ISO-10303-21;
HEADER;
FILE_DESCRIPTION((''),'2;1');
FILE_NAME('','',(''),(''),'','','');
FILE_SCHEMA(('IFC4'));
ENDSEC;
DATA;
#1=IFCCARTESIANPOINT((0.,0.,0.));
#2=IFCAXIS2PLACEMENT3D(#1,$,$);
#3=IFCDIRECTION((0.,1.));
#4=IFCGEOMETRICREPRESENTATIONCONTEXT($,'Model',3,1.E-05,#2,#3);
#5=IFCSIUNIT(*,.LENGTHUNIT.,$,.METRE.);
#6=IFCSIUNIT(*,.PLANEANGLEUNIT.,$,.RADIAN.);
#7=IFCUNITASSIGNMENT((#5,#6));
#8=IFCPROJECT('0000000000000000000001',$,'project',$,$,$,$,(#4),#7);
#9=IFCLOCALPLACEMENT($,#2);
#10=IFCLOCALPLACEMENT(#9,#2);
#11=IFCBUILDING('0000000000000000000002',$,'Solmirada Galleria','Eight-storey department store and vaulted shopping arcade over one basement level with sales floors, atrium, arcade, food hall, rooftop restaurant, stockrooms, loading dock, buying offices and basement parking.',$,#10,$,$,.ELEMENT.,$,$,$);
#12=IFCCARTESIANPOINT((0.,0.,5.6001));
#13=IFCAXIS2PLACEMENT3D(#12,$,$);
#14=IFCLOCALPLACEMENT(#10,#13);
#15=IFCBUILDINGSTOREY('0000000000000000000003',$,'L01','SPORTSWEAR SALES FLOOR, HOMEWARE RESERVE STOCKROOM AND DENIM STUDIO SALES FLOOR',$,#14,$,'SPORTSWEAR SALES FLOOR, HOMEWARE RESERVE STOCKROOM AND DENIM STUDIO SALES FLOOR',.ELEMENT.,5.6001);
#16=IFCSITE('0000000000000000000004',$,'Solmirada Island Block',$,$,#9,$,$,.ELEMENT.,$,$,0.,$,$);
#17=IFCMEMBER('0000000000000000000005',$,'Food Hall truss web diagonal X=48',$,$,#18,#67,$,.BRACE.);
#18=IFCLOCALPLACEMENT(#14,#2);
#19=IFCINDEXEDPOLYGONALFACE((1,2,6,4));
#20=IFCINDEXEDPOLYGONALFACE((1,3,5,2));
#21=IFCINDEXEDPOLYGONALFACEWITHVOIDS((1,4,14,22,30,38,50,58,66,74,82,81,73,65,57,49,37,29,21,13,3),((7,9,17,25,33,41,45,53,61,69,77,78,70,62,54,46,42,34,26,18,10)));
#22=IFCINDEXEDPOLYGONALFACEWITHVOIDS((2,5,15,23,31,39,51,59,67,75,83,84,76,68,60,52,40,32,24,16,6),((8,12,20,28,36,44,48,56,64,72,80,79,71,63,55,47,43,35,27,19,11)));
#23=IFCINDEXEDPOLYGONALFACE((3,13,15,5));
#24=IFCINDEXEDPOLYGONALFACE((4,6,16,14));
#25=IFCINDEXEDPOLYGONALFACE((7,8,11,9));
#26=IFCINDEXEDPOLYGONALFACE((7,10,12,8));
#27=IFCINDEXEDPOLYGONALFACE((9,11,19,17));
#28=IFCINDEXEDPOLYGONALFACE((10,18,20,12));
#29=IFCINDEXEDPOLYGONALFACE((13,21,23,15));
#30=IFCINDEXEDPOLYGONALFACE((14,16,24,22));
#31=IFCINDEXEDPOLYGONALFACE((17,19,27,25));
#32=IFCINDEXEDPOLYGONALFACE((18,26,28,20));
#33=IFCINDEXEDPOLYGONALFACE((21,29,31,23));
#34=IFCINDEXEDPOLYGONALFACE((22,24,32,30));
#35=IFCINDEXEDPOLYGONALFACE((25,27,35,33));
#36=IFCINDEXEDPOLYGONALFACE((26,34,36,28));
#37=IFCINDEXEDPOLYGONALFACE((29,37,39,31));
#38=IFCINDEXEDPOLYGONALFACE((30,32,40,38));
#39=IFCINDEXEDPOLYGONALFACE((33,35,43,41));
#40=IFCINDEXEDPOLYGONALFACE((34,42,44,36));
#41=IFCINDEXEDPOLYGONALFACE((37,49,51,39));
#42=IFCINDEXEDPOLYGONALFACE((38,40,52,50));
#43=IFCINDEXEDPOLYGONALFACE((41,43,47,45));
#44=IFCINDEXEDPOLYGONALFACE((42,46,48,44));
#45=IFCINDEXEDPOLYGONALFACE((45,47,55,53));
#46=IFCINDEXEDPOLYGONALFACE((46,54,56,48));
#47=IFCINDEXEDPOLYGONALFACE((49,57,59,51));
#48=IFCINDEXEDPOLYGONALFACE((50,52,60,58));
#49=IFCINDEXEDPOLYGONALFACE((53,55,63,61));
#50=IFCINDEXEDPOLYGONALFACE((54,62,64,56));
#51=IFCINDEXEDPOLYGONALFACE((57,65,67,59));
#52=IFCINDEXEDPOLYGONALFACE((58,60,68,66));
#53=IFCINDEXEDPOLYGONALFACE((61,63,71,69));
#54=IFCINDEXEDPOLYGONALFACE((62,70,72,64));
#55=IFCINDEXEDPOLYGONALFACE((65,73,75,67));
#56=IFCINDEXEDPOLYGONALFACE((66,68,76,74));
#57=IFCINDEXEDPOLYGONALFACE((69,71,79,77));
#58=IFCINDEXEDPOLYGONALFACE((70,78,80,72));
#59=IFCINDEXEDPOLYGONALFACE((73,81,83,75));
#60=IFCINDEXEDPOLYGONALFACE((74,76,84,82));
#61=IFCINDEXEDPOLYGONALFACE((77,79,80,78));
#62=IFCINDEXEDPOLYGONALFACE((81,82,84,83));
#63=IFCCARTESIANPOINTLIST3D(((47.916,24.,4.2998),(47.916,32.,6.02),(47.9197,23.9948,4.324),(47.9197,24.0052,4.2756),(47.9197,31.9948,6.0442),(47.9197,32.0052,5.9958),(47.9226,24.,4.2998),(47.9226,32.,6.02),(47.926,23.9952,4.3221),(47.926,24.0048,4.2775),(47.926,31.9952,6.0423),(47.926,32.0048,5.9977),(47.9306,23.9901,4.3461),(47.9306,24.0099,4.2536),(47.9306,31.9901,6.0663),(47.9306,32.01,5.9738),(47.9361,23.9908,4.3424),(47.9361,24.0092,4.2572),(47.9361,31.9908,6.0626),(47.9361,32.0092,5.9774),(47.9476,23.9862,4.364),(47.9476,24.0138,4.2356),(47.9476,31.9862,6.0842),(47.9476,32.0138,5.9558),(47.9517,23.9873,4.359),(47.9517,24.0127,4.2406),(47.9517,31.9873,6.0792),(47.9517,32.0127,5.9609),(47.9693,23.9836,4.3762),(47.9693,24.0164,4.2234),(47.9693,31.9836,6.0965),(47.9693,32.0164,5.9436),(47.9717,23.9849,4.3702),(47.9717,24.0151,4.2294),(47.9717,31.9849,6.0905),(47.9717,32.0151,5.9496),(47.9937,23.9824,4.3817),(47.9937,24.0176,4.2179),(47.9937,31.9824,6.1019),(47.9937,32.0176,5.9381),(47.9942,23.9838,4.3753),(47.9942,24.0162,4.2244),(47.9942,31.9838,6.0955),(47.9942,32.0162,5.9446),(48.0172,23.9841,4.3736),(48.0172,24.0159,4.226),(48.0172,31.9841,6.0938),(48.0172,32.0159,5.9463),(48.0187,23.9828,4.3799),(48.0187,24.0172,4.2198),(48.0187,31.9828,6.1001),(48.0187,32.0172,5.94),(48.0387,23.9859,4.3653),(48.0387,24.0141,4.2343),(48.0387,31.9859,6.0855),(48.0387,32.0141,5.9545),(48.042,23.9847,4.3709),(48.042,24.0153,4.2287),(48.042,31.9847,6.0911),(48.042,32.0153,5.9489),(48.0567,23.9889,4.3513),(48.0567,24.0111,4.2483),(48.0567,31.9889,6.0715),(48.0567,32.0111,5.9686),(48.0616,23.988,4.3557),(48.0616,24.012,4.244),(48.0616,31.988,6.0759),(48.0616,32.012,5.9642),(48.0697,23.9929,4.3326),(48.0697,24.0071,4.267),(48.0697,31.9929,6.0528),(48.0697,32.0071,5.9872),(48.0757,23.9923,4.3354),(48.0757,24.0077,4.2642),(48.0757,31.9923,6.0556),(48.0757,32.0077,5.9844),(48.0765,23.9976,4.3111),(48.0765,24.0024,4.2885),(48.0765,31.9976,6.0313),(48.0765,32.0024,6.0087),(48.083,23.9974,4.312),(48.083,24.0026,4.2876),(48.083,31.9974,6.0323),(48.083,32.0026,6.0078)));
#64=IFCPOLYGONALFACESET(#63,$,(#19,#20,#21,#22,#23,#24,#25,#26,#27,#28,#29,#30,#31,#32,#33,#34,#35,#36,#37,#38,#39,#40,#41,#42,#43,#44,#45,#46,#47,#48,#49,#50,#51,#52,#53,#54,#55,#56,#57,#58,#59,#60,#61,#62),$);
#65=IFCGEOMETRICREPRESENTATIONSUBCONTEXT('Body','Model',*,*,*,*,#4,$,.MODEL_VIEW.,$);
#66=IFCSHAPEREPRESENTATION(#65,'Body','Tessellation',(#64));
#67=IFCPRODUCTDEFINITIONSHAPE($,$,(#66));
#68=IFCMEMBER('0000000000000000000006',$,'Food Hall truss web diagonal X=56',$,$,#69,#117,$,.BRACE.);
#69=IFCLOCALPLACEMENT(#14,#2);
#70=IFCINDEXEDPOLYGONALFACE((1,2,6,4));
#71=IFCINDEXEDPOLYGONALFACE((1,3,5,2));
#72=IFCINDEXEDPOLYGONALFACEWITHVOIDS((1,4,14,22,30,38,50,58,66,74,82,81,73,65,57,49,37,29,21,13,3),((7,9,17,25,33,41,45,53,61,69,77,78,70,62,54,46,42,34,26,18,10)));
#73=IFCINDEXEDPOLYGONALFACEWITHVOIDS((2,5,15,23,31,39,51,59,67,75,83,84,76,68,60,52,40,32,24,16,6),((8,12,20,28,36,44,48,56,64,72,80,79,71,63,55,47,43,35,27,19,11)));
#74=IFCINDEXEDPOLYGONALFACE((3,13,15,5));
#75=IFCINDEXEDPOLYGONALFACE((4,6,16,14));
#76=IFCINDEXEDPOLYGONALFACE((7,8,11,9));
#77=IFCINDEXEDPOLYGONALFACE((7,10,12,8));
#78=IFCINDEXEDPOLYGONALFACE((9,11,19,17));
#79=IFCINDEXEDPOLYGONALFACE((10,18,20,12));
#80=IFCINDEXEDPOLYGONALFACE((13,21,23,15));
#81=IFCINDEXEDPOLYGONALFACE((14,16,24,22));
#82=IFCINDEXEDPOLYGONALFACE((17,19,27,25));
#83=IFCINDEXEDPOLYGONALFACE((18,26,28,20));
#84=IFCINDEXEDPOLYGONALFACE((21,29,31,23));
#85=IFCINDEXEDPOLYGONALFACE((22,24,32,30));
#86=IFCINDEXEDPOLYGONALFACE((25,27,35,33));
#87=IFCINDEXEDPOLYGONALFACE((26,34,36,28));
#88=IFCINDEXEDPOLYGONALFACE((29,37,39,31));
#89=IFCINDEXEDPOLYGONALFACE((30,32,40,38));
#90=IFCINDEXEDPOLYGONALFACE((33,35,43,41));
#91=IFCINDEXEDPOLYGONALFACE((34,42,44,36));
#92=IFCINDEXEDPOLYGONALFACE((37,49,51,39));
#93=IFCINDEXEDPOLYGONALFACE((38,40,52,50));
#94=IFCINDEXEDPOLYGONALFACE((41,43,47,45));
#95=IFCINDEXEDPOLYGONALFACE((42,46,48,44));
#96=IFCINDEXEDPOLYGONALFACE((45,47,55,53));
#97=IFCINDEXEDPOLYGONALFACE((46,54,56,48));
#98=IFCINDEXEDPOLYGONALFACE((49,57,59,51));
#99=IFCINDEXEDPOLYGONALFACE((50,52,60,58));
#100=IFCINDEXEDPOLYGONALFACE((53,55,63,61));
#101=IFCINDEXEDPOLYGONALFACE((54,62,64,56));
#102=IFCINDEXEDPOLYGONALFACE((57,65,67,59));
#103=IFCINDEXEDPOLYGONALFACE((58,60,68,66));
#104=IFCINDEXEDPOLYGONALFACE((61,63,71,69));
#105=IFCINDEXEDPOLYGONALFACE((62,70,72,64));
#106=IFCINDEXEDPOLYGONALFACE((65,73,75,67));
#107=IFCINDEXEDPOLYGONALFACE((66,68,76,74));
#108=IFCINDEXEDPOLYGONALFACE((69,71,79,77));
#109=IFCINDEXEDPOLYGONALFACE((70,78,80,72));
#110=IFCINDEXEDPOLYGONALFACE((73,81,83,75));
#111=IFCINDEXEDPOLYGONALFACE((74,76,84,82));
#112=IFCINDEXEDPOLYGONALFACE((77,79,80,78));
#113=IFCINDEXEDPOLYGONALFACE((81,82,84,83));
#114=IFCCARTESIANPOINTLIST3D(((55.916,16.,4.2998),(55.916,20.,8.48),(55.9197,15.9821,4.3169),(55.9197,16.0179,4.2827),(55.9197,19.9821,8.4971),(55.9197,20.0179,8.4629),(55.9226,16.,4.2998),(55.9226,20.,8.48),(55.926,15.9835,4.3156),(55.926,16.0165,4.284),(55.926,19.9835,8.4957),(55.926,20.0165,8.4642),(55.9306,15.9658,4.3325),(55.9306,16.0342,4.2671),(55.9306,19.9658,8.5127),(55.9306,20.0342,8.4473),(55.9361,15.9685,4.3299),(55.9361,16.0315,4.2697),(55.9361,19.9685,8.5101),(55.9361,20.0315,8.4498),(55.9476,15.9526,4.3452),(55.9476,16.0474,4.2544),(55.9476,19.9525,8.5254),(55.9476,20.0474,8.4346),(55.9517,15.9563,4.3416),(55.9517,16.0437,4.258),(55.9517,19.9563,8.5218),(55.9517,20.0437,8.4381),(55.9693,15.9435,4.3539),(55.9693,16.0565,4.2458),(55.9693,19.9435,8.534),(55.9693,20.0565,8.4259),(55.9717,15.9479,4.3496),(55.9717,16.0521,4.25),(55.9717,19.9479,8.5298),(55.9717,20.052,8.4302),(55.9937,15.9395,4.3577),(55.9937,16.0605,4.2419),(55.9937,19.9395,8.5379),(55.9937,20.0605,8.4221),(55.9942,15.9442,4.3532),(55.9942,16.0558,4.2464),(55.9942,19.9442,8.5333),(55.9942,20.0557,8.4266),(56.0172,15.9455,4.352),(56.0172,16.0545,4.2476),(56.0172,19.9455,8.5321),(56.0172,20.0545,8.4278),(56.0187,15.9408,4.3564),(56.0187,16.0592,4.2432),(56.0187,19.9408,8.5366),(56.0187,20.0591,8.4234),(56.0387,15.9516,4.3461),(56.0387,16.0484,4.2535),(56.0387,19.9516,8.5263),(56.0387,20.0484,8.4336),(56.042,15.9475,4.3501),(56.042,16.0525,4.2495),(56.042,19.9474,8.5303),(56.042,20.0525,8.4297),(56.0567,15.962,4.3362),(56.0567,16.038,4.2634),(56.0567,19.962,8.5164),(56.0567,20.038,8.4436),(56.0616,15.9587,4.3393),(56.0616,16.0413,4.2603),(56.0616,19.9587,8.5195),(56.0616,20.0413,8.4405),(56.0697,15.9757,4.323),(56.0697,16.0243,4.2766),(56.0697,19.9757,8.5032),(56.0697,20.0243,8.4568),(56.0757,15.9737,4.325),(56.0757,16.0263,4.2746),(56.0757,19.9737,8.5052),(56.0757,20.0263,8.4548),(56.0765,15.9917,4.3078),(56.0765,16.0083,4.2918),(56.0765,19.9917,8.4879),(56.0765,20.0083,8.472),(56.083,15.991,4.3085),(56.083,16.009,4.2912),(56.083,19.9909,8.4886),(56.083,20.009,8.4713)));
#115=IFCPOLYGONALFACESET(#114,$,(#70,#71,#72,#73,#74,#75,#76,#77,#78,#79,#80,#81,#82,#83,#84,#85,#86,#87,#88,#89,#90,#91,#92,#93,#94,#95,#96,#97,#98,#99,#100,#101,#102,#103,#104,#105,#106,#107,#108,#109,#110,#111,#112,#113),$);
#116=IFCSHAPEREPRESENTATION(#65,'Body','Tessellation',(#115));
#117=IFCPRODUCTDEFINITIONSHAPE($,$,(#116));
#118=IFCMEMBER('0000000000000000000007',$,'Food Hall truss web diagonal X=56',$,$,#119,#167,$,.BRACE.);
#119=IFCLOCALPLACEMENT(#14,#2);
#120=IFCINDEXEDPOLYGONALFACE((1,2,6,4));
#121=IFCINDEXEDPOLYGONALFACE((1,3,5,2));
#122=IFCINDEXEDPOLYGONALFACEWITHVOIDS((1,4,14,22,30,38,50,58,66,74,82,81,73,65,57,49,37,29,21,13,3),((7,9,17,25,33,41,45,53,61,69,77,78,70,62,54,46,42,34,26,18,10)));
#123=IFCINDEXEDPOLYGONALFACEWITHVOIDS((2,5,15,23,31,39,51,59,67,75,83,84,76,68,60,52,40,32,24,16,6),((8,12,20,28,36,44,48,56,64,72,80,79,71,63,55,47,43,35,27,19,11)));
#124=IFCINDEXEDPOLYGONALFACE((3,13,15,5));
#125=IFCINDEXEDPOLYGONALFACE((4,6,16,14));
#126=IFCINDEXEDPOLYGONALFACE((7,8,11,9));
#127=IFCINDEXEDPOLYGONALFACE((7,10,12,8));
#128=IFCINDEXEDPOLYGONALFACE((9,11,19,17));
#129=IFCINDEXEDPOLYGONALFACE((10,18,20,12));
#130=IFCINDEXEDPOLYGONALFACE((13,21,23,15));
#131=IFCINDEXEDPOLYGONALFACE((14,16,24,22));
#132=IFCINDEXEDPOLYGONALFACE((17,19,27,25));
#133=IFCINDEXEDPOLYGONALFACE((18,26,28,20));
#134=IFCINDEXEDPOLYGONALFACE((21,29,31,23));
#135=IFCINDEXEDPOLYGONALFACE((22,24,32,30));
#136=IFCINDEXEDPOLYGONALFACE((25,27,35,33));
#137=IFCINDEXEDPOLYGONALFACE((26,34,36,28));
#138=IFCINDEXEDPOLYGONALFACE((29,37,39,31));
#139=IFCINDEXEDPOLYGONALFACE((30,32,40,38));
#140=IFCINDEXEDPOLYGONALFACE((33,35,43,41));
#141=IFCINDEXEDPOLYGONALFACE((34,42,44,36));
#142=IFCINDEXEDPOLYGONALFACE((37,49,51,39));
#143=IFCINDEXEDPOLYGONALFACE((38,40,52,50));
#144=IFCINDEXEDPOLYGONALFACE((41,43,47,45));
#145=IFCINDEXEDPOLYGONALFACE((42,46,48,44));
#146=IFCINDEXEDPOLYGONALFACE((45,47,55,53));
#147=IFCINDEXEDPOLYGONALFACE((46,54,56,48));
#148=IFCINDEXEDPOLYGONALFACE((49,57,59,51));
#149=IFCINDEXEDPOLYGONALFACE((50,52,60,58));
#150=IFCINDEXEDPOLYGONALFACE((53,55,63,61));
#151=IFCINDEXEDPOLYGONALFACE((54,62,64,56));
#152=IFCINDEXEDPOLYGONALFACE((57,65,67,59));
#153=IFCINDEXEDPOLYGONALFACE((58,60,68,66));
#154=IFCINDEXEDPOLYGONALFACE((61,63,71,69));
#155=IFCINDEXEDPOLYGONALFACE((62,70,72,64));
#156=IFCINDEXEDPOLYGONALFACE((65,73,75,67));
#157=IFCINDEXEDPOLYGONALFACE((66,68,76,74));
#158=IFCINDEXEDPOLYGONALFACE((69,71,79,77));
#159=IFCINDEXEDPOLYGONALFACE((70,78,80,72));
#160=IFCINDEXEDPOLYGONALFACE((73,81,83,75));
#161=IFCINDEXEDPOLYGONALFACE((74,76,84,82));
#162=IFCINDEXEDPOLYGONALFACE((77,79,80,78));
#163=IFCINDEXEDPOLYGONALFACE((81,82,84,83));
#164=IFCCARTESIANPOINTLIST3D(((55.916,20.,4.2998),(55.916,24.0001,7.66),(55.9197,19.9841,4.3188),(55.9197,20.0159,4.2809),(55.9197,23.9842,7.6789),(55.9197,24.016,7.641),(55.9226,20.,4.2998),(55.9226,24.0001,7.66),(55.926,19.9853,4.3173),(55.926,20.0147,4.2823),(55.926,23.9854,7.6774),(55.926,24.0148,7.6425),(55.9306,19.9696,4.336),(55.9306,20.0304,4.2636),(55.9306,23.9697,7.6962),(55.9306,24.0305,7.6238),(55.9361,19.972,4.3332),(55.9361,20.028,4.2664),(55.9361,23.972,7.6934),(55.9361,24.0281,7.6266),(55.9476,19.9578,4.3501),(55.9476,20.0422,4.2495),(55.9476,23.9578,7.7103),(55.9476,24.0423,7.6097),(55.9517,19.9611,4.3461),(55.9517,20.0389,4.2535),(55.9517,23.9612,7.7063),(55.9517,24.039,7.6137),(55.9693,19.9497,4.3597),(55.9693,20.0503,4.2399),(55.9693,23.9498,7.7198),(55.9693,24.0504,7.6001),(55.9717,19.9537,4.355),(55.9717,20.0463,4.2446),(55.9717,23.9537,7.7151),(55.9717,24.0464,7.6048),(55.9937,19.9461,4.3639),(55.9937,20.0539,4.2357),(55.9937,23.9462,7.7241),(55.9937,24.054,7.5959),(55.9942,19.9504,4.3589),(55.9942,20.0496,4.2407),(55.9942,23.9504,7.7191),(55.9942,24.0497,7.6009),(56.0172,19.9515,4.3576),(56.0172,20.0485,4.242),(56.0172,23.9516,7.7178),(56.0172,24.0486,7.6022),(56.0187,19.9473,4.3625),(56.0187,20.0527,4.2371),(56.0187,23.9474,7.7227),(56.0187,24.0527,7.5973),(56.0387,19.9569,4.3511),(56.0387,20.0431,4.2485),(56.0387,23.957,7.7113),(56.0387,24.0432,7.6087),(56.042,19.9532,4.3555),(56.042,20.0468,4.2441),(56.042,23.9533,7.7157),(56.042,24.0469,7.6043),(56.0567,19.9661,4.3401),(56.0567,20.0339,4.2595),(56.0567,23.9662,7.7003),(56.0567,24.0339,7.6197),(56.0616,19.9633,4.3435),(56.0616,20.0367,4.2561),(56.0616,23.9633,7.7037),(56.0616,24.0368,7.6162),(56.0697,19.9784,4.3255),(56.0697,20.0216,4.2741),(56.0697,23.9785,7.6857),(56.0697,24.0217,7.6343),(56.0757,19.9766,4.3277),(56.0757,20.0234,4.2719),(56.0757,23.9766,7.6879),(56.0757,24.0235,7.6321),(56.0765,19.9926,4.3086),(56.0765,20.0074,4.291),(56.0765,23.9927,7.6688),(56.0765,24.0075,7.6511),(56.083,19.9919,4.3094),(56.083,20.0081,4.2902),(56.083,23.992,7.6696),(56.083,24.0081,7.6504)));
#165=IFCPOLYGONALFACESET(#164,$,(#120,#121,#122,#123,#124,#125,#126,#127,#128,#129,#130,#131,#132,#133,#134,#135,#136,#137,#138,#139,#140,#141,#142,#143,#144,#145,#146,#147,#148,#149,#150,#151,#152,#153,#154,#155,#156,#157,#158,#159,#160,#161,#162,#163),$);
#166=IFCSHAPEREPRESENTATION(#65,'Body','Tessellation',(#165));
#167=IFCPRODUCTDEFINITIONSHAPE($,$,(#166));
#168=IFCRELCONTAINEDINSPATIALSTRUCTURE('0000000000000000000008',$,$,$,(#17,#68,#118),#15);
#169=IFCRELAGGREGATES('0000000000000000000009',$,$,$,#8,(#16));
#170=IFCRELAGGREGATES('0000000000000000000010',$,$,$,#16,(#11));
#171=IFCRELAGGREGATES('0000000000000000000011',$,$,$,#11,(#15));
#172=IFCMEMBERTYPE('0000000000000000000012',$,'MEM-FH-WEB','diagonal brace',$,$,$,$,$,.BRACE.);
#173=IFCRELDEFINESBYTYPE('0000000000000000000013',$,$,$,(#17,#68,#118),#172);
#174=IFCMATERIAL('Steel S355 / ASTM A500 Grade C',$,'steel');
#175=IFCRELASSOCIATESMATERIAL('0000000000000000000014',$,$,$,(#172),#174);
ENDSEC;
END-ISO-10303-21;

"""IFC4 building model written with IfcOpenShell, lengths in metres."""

from ifc_helpers import new_model, si_unit, direction, frame, origin, origin_2d, place, context, subcontext, project, spatial, hollow_circle, extrude, material, material_profile, profile_set, type_object, element, save


model = new_model("IFC4")

# Units and contexts
model_context = context("Model", 3, precision=1e-05, world=origin(), true_north=direction((0.0, 1.0)))
body_context = subcontext(model_context, "Body", "Model", "MODEL_VIEW")
ifc_project = project(units=[si_unit("LENGTHUNIT", "METRE"), si_unit("PLANEANGLEUNIT", "RADIAN")], contexts=[model_context])

# Site, building, storey
site_placement = place(None, origin())
site = spatial("IfcSite", under=ifc_project, at=site_placement, Name="Solmirada Island Block", CompositionType="ELEMENT", RefElevation=0.0)
building_placement = place(site_placement, origin())
building = spatial("IfcBuilding", under=site, at=building_placement, Name="Solmirada Galleria", Description="Eight-storey department store and vaulted shopping arcade over one basement level with sales floors, atrium, arcade, food hall, rooftop restaurant, stockrooms, loading dock, buying offices and basement parking.", CompositionType="ELEMENT")
storey_placement = place(building_placement, frame((0.0, 0.0, 5.6001)))
storey = spatial("IfcBuildingStorey", under=building, at=storey_placement, Name="L01", Description="SPORTSWEAR SALES FLOOR, HOMEWARE RESERVE STOCKROOM AND DENIM STUDIO SALES FLOOR", LongName="SPORTSWEAR SALES FLOOR, HOMEWARE RESERVE STOCKROOM AND DENIM STUDIO SALES FLOOR", CompositionType="ELEMENT", Elevation=5.6001)

# Shared definitions
ifc_material_1 = material(Name="Steel S355 / ASTM A500 Grade C", Category="steel")

# Members
ifc_material_profile_1 = material_profile(ifc_material_1, hollow_circle(Radius=0.084, WallThickness=0.0066, at=origin_2d()), Name="HSS6.625X0.280")
ifc_profile_set_1 = profile_set([ifc_material_profile_1], Name="Steel S355 / ASTM A500 Grade C")
member_type_1 = type_object("IfcMemberType", Name="MEM-FH-WEB", Description="diagonal brace", PredefinedType="BRACE", material=ifc_profile_set_1)
member_1_placement = place(storey_placement, frame((48.0, 24.0, 4.2998), z_axis=(0.0, 0.977654, 0.210222), x_axis=(-1.0, 0.0, 0.0)))
element("IfcMember", 1, at=member_1_placement, inside=storey, type_object=member_type_1, Name="Food Hall truss web diagonal X=48", PredefinedType="BRACE", context=body_context, shape_type="SweptSolid", body=[
    extrude(hollow_circle(Radius=0.084, WallThickness=0.0066, at=origin_2d()), origin(), (0.0, 0.0, 1.0), 8.1829),
])
member_2_placement = place(storey_placement, frame((56.0, 16.0, 4.2998), z_axis=(0.0, 0.691364, 0.722506), x_axis=(-1.0, 0.0, 0.0)))
element("IfcMember", 2, at=member_2_placement, inside=storey, type_object=member_type_1, Name="Food Hall truss web diagonal X=56", PredefinedType="BRACE", context=body_context, shape_type="SweptSolid", body=[
    extrude(hollow_circle(Radius=0.084, WallThickness=0.0066, at=origin_2d()), origin(), (0.0, 0.0, 1.0), 5.7856),
])
member_3_placement = place(storey_placement, frame((56.0, 20.0, 4.2998), z_axis=(0.0, 0.765695, 0.643204), x_axis=(-1.0, 0.0, 0.0)))
element("IfcMember", 3, at=member_3_placement, inside=storey, type_object=member_type_1, Name="Food Hall truss web diagonal X=56", PredefinedType="BRACE", context=body_context, shape_type="SweptSolid", body=[
    extrude(hollow_circle(Radius=0.084, WallThickness=0.0066, at=origin_2d()), origin(), (0.0, 0.0, 1.0), 5.2241),
])

save(model, "model.ifc")
